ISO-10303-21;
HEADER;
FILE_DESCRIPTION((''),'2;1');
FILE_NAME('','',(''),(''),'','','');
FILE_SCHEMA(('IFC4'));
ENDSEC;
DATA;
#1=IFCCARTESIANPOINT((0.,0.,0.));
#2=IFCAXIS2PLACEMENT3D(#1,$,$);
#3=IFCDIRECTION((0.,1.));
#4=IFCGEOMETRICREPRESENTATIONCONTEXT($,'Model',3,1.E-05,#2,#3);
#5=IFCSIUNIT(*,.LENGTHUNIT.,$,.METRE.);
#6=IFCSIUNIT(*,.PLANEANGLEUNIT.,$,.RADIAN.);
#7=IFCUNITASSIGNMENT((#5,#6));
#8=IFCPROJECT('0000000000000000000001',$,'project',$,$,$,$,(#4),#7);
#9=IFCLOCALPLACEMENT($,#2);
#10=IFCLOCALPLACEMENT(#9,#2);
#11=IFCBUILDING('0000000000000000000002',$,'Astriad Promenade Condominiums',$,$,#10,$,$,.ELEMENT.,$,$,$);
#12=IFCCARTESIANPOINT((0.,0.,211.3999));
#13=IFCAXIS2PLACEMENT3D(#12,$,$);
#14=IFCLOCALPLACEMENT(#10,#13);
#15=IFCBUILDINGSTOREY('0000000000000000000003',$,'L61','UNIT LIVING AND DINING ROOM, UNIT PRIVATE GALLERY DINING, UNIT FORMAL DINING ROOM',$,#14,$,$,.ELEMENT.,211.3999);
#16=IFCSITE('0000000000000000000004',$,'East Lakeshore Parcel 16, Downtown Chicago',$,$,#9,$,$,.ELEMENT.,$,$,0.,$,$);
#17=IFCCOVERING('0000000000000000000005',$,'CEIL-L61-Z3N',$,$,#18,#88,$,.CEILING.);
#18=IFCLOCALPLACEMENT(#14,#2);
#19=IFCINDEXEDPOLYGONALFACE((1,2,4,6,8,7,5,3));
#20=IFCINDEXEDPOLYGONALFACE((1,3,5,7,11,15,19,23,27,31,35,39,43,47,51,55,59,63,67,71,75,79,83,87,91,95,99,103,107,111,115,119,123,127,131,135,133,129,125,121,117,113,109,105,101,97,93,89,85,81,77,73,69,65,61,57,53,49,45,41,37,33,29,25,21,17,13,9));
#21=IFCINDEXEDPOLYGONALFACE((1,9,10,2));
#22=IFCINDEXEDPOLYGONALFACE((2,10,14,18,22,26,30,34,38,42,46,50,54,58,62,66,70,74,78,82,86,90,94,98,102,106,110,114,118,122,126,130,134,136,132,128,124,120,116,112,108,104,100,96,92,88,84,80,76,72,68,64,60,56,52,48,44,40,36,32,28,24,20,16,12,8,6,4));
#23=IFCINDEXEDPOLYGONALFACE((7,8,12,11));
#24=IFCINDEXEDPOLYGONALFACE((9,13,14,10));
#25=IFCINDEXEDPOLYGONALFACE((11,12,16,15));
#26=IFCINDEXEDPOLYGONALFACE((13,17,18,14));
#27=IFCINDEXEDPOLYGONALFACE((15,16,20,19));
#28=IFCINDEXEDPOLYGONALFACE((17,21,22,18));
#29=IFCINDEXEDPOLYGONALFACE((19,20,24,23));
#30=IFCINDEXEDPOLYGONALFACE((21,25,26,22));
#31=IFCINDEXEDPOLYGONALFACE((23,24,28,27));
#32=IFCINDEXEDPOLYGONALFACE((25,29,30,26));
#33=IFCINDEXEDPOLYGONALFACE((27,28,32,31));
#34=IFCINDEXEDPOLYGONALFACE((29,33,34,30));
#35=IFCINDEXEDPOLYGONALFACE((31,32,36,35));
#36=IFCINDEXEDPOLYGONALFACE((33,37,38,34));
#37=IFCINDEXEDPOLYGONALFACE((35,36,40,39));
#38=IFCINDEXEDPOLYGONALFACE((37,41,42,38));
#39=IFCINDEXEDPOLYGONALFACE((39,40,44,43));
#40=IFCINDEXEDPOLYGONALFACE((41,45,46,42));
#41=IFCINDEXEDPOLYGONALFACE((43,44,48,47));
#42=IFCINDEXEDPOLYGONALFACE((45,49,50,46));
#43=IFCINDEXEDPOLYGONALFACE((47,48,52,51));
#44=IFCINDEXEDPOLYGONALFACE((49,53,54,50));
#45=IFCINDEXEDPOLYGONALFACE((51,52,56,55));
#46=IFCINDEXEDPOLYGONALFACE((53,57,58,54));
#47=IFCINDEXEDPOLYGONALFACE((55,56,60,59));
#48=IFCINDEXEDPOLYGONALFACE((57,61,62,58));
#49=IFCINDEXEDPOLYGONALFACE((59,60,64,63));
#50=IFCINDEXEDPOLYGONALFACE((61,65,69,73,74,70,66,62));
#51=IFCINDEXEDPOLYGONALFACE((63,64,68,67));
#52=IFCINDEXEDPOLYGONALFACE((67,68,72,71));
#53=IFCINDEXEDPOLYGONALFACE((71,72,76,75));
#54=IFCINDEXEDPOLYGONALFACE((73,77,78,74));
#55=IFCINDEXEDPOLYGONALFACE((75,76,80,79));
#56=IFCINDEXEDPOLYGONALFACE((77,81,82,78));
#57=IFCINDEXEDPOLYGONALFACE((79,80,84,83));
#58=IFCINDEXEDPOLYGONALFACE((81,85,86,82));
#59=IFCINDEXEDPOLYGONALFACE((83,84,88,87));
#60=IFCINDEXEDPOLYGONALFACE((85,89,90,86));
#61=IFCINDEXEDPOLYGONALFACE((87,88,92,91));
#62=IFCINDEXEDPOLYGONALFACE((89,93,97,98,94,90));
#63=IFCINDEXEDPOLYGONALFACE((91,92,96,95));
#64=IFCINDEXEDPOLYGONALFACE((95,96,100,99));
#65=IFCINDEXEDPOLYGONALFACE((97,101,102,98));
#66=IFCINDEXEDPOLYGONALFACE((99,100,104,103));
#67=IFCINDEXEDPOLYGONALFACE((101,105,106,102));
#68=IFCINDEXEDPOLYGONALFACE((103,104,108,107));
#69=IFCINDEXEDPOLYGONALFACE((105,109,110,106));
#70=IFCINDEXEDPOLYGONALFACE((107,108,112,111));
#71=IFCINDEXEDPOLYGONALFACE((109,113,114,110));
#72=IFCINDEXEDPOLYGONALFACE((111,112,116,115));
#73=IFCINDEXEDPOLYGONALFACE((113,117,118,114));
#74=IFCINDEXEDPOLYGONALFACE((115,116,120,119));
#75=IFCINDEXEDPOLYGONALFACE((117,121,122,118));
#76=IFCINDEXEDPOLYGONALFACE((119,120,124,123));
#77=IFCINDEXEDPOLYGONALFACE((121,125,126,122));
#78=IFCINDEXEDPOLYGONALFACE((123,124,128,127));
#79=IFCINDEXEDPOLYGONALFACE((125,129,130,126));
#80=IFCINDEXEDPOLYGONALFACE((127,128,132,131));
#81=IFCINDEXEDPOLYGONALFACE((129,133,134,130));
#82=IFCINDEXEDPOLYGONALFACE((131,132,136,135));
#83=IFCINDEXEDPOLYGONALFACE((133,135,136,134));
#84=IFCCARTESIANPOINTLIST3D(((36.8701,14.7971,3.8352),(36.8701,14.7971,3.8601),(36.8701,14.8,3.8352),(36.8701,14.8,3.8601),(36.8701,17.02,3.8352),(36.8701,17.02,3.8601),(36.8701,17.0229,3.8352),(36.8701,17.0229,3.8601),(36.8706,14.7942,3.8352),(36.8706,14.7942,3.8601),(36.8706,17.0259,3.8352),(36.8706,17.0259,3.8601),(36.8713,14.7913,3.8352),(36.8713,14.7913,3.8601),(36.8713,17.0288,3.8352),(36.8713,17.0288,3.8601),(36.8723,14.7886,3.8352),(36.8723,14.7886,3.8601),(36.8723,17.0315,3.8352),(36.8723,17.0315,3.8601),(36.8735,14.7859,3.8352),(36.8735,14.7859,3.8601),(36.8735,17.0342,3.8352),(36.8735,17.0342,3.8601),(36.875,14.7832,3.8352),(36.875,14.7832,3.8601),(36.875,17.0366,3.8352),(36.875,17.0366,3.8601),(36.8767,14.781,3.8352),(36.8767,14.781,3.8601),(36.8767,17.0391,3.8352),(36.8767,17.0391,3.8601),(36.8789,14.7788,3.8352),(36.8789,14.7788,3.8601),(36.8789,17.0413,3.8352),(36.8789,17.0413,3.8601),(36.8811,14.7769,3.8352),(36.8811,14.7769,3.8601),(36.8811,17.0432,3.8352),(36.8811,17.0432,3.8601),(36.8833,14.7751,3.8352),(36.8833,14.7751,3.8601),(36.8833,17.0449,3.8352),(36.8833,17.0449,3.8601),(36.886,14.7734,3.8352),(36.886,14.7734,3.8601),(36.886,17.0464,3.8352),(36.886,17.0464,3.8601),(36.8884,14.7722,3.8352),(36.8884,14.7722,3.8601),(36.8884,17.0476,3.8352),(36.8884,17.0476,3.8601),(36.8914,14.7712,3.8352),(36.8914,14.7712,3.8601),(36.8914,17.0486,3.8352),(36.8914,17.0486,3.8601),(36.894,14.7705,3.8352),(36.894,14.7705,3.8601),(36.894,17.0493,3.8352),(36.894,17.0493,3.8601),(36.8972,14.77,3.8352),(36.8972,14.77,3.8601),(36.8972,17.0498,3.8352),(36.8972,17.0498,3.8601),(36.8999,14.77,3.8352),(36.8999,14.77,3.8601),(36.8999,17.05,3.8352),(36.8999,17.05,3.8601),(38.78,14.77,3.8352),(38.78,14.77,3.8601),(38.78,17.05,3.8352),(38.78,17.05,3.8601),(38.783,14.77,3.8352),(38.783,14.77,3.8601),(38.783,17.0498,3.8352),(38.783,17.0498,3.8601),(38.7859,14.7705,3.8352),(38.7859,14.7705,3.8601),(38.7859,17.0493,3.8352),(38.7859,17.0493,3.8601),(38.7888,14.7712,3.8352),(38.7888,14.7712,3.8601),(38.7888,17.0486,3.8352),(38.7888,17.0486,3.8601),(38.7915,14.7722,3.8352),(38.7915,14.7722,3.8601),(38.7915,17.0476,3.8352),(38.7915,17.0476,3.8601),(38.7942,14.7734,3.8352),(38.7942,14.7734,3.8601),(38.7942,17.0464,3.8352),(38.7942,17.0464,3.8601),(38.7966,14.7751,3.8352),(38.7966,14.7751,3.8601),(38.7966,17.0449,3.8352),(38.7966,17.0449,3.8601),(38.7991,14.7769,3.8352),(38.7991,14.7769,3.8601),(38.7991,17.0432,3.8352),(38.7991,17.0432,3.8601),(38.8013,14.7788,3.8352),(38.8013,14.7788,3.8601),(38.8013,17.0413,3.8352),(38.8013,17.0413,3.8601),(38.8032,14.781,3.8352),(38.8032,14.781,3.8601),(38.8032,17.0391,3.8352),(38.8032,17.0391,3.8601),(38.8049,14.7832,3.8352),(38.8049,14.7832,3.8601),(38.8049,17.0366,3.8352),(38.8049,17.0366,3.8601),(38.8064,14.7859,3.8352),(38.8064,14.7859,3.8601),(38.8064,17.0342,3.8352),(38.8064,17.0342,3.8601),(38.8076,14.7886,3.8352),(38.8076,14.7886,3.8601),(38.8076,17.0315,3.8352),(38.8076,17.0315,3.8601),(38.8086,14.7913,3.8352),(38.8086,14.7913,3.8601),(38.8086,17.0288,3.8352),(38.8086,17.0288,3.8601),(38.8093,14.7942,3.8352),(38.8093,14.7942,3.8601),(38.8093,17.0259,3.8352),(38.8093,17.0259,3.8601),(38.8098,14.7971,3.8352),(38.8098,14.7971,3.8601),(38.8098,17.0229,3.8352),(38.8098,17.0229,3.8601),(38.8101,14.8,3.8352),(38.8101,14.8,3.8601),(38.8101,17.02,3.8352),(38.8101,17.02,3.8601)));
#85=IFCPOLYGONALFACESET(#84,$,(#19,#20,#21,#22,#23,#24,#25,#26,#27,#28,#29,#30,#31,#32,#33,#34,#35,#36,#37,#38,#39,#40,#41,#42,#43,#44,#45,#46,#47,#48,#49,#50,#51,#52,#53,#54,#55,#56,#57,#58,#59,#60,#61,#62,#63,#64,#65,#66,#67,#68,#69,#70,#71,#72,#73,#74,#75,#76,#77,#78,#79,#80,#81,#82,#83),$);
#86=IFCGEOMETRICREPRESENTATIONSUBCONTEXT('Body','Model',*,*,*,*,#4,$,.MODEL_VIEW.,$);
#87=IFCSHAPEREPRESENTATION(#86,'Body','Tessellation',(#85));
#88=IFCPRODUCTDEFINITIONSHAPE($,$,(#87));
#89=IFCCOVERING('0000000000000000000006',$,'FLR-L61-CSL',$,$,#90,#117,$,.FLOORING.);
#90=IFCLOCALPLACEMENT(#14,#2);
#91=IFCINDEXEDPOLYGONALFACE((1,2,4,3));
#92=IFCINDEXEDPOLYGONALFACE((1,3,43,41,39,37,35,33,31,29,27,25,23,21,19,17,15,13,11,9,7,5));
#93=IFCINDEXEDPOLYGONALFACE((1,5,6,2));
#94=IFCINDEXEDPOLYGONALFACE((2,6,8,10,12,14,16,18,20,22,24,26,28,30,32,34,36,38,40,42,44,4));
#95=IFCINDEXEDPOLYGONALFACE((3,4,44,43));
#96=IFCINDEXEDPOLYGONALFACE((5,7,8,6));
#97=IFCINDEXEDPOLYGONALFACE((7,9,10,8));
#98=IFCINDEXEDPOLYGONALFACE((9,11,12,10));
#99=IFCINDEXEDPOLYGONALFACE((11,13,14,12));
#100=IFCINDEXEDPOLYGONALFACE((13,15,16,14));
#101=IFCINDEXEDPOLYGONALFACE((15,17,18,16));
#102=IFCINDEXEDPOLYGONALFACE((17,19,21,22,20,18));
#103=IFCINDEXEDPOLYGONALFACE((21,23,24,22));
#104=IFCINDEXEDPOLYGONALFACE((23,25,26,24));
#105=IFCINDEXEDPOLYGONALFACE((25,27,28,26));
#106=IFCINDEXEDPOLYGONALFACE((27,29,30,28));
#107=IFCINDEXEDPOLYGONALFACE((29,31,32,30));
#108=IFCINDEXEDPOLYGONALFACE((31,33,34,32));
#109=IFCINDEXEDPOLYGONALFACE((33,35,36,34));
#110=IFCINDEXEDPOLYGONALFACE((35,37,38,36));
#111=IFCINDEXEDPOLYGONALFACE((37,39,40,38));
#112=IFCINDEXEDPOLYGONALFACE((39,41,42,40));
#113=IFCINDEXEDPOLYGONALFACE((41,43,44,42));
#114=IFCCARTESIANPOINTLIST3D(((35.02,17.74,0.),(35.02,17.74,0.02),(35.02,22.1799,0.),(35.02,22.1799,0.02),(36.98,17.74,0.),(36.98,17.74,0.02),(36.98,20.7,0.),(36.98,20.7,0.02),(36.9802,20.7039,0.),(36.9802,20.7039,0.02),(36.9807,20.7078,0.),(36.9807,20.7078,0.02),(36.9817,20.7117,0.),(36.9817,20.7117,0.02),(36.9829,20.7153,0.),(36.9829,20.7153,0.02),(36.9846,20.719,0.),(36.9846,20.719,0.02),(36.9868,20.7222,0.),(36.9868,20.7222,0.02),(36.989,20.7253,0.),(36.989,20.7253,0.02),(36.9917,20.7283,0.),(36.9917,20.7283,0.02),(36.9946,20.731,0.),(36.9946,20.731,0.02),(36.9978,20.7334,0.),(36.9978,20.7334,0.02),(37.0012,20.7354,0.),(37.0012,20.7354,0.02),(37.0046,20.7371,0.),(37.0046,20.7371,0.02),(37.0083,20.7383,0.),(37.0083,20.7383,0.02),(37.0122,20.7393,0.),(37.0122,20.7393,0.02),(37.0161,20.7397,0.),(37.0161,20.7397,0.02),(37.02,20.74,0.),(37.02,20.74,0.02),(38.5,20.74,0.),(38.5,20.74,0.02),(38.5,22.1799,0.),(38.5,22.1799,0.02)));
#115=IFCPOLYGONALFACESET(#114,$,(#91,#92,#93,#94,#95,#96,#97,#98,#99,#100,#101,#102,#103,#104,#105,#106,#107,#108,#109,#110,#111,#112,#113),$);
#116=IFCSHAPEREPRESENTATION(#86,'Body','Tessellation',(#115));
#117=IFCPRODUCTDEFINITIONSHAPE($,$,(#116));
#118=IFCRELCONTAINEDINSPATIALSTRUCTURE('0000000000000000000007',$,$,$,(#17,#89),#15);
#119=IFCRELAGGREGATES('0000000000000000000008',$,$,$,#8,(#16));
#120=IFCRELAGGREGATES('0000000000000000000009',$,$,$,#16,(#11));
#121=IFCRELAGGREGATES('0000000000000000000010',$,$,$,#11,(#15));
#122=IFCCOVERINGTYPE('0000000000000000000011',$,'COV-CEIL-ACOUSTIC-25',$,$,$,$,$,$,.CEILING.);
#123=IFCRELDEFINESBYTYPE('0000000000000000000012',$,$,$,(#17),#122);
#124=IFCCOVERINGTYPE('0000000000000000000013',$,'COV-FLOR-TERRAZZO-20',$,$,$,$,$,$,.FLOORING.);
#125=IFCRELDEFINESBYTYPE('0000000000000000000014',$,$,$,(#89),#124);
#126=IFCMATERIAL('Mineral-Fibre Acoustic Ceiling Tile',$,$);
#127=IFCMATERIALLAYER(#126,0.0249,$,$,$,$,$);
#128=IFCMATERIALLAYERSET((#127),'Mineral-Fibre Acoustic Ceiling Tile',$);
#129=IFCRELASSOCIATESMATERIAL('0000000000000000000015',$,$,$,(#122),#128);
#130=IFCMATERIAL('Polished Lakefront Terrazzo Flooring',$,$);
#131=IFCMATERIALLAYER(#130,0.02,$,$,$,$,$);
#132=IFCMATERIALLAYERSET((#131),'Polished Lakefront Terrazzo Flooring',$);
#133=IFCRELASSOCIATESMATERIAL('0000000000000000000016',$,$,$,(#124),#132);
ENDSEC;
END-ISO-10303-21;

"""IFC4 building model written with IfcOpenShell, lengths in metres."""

from ifc_helpers import new_model, si_unit, direction, frame, origin, place, context, subcontext, project, spatial, polyline, outline, extrude, material, layer, layer_set, type_object, element, save


model = new_model("IFC4")

# Units and contexts
model_context = context("Model", 3, precision=1e-05, world=origin(), true_north=direction((0.0, 1.0)))
body_context = subcontext(model_context, "Body", "Model", "MODEL_VIEW")
ifc_project = project(units=[si_unit("LENGTHUNIT", "METRE"), si_unit("PLANEANGLEUNIT", "RADIAN")], contexts=[model_context])

# Site, building, storey
site_placement = place(None, origin())
site = spatial("IfcSite", under=ifc_project, at=site_placement, Name="East Lakeshore Parcel 16, Downtown Chicago", CompositionType="ELEMENT", RefElevation=0.0)
building_placement = place(site_placement, origin())
building = spatial("IfcBuilding", under=site, at=building_placement, Name="Astriad Promenade Condominiums", CompositionType="ELEMENT")
storey_placement = place(building_placement, frame((0.0, 0.0, 211.3999)))
storey = spatial("IfcBuildingStorey", under=building, at=storey_placement, Name="L61", Description="UNIT LIVING AND DINING ROOM, UNIT PRIVATE GALLERY DINING, UNIT FORMAL DINING ROOM", CompositionType="ELEMENT", Elevation=211.3999)

# Coverings
ifc_material_1 = material(Name="Mineral-Fibre Acoustic Ceiling Tile")
ifc_layer_1 = layer(ifc_material_1, 0.0249)
ifc_layer_set_1 = layer_set([ifc_layer_1], Name="Mineral-Fibre Acoustic Ceiling Tile")
covering_type_1 = type_object("IfcCoveringType", Name="COV-CEIL-ACOUSTIC-25", PredefinedType="CEILING", material=ifc_layer_set_1)
covering_1_placement = place(storey_placement, frame((0.0, 0.0, 3.8352)))
element("IfcCovering", 1, at=covering_1_placement, inside=storey, type_object=covering_type_1, Name="CEIL-L61-Z3N", PredefinedType="CEILING", context=body_context, shape_type="SweptSolid", body=[
    extrude(outline(polyline([(36.8999, 14.77), (36.8972, 14.77), (36.894, 14.7705), (36.8914, 14.7712), (36.8884, 14.7722), (36.886, 14.7734), (36.8833, 14.7751), (36.8811, 14.7769), (36.8789, 14.7788), (36.8767, 14.781), (36.875, 14.7832), (36.8735, 14.7859), (36.8723, 14.7886), (36.8713, 14.7913), (36.8706, 14.7942), (36.8701, 14.7971), (36.8701, 14.8), (36.8701, 17.02), (36.8701, 17.0229), (36.8706, 17.0259), (36.8713, 17.0288), (36.8723, 17.0315), (36.8735, 17.0342), (36.875, 17.0366), (36.8767, 17.0391), (36.8789, 17.0413), (36.8811, 17.0432), (36.8833, 17.0449), (36.886, 17.0464), (36.8884, 17.0476), (36.8914, 17.0486), (36.894, 17.0493), (36.8972, 17.0498), (36.8999, 17.05), (38.78, 17.05), (38.783, 17.0498), (38.7859, 17.0493), (38.7888, 17.0486), (38.7915, 17.0476), (38.7942, 17.0464), (38.7966, 17.0449), (38.7991, 17.0432), (38.8013, 17.0413), (38.8032, 17.0391), (38.8049, 17.0366), (38.8064, 17.0342), (38.8076, 17.0315), (38.8086, 17.0288), (38.8093, 17.0259), (38.8098, 17.0229), (38.8101, 17.02), (38.8101, 14.8), (38.8098, 14.7971), (38.8093, 14.7942), (38.8086, 14.7913), (38.8076, 14.7886), (38.8064, 14.7859), (38.8049, 14.7832), (38.8032, 14.781), (38.8013, 14.7788), (38.7991, 14.7769), (38.7966, 14.7751), (38.7942, 14.7734), (38.7915, 14.7722), (38.7888, 14.7712), (38.7859, 14.7705), (38.783, 14.77), (38.78, 14.77), (36.8999, 14.77)])), origin(), (0.0, 0.0, 1.0), 0.0249),
])
ifc_material_2 = material(Name="Polished Lakefront Terrazzo Flooring")
ifc_layer_2 = layer(ifc_material_2, 0.02)
ifc_layer_set_2 = layer_set([ifc_layer_2], Name="Polished Lakefront Terrazzo Flooring")
covering_type_2 = type_object("IfcCoveringType", Name="COV-FLOR-TERRAZZO-20", PredefinedType="FLOORING", material=ifc_layer_set_2)
covering_2_placement = place(storey_placement, origin())
element("IfcCovering", 2, at=covering_2_placement, inside=storey, type_object=covering_type_2, Name="FLR-L61-CSL", PredefinedType="FLOORING", context=body_context, shape_type="SweptSolid", body=[
    extrude(outline(polyline([(36.98, 20.7), (36.98, 17.74), (35.02, 17.74), (35.02, 22.1799), (38.5, 22.1799), (38.5, 20.74), (37.02, 20.74), (37.0161, 20.7397), (37.0122, 20.7393), (37.0083, 20.7383), (37.0046, 20.7371), (37.0012, 20.7354), (36.9978, 20.7334), (36.9946, 20.731), (36.9917, 20.7283), (36.989, 20.7253), (36.9868, 20.7222), (36.9846, 20.719), (36.9829, 20.7153), (36.9817, 20.7117), (36.9807, 20.7078), (36.9802, 20.7039), (36.98, 20.7)])), origin(), (0.0, 0.0, 1.0), 0.02),
])

save(model, "model.ifc")
